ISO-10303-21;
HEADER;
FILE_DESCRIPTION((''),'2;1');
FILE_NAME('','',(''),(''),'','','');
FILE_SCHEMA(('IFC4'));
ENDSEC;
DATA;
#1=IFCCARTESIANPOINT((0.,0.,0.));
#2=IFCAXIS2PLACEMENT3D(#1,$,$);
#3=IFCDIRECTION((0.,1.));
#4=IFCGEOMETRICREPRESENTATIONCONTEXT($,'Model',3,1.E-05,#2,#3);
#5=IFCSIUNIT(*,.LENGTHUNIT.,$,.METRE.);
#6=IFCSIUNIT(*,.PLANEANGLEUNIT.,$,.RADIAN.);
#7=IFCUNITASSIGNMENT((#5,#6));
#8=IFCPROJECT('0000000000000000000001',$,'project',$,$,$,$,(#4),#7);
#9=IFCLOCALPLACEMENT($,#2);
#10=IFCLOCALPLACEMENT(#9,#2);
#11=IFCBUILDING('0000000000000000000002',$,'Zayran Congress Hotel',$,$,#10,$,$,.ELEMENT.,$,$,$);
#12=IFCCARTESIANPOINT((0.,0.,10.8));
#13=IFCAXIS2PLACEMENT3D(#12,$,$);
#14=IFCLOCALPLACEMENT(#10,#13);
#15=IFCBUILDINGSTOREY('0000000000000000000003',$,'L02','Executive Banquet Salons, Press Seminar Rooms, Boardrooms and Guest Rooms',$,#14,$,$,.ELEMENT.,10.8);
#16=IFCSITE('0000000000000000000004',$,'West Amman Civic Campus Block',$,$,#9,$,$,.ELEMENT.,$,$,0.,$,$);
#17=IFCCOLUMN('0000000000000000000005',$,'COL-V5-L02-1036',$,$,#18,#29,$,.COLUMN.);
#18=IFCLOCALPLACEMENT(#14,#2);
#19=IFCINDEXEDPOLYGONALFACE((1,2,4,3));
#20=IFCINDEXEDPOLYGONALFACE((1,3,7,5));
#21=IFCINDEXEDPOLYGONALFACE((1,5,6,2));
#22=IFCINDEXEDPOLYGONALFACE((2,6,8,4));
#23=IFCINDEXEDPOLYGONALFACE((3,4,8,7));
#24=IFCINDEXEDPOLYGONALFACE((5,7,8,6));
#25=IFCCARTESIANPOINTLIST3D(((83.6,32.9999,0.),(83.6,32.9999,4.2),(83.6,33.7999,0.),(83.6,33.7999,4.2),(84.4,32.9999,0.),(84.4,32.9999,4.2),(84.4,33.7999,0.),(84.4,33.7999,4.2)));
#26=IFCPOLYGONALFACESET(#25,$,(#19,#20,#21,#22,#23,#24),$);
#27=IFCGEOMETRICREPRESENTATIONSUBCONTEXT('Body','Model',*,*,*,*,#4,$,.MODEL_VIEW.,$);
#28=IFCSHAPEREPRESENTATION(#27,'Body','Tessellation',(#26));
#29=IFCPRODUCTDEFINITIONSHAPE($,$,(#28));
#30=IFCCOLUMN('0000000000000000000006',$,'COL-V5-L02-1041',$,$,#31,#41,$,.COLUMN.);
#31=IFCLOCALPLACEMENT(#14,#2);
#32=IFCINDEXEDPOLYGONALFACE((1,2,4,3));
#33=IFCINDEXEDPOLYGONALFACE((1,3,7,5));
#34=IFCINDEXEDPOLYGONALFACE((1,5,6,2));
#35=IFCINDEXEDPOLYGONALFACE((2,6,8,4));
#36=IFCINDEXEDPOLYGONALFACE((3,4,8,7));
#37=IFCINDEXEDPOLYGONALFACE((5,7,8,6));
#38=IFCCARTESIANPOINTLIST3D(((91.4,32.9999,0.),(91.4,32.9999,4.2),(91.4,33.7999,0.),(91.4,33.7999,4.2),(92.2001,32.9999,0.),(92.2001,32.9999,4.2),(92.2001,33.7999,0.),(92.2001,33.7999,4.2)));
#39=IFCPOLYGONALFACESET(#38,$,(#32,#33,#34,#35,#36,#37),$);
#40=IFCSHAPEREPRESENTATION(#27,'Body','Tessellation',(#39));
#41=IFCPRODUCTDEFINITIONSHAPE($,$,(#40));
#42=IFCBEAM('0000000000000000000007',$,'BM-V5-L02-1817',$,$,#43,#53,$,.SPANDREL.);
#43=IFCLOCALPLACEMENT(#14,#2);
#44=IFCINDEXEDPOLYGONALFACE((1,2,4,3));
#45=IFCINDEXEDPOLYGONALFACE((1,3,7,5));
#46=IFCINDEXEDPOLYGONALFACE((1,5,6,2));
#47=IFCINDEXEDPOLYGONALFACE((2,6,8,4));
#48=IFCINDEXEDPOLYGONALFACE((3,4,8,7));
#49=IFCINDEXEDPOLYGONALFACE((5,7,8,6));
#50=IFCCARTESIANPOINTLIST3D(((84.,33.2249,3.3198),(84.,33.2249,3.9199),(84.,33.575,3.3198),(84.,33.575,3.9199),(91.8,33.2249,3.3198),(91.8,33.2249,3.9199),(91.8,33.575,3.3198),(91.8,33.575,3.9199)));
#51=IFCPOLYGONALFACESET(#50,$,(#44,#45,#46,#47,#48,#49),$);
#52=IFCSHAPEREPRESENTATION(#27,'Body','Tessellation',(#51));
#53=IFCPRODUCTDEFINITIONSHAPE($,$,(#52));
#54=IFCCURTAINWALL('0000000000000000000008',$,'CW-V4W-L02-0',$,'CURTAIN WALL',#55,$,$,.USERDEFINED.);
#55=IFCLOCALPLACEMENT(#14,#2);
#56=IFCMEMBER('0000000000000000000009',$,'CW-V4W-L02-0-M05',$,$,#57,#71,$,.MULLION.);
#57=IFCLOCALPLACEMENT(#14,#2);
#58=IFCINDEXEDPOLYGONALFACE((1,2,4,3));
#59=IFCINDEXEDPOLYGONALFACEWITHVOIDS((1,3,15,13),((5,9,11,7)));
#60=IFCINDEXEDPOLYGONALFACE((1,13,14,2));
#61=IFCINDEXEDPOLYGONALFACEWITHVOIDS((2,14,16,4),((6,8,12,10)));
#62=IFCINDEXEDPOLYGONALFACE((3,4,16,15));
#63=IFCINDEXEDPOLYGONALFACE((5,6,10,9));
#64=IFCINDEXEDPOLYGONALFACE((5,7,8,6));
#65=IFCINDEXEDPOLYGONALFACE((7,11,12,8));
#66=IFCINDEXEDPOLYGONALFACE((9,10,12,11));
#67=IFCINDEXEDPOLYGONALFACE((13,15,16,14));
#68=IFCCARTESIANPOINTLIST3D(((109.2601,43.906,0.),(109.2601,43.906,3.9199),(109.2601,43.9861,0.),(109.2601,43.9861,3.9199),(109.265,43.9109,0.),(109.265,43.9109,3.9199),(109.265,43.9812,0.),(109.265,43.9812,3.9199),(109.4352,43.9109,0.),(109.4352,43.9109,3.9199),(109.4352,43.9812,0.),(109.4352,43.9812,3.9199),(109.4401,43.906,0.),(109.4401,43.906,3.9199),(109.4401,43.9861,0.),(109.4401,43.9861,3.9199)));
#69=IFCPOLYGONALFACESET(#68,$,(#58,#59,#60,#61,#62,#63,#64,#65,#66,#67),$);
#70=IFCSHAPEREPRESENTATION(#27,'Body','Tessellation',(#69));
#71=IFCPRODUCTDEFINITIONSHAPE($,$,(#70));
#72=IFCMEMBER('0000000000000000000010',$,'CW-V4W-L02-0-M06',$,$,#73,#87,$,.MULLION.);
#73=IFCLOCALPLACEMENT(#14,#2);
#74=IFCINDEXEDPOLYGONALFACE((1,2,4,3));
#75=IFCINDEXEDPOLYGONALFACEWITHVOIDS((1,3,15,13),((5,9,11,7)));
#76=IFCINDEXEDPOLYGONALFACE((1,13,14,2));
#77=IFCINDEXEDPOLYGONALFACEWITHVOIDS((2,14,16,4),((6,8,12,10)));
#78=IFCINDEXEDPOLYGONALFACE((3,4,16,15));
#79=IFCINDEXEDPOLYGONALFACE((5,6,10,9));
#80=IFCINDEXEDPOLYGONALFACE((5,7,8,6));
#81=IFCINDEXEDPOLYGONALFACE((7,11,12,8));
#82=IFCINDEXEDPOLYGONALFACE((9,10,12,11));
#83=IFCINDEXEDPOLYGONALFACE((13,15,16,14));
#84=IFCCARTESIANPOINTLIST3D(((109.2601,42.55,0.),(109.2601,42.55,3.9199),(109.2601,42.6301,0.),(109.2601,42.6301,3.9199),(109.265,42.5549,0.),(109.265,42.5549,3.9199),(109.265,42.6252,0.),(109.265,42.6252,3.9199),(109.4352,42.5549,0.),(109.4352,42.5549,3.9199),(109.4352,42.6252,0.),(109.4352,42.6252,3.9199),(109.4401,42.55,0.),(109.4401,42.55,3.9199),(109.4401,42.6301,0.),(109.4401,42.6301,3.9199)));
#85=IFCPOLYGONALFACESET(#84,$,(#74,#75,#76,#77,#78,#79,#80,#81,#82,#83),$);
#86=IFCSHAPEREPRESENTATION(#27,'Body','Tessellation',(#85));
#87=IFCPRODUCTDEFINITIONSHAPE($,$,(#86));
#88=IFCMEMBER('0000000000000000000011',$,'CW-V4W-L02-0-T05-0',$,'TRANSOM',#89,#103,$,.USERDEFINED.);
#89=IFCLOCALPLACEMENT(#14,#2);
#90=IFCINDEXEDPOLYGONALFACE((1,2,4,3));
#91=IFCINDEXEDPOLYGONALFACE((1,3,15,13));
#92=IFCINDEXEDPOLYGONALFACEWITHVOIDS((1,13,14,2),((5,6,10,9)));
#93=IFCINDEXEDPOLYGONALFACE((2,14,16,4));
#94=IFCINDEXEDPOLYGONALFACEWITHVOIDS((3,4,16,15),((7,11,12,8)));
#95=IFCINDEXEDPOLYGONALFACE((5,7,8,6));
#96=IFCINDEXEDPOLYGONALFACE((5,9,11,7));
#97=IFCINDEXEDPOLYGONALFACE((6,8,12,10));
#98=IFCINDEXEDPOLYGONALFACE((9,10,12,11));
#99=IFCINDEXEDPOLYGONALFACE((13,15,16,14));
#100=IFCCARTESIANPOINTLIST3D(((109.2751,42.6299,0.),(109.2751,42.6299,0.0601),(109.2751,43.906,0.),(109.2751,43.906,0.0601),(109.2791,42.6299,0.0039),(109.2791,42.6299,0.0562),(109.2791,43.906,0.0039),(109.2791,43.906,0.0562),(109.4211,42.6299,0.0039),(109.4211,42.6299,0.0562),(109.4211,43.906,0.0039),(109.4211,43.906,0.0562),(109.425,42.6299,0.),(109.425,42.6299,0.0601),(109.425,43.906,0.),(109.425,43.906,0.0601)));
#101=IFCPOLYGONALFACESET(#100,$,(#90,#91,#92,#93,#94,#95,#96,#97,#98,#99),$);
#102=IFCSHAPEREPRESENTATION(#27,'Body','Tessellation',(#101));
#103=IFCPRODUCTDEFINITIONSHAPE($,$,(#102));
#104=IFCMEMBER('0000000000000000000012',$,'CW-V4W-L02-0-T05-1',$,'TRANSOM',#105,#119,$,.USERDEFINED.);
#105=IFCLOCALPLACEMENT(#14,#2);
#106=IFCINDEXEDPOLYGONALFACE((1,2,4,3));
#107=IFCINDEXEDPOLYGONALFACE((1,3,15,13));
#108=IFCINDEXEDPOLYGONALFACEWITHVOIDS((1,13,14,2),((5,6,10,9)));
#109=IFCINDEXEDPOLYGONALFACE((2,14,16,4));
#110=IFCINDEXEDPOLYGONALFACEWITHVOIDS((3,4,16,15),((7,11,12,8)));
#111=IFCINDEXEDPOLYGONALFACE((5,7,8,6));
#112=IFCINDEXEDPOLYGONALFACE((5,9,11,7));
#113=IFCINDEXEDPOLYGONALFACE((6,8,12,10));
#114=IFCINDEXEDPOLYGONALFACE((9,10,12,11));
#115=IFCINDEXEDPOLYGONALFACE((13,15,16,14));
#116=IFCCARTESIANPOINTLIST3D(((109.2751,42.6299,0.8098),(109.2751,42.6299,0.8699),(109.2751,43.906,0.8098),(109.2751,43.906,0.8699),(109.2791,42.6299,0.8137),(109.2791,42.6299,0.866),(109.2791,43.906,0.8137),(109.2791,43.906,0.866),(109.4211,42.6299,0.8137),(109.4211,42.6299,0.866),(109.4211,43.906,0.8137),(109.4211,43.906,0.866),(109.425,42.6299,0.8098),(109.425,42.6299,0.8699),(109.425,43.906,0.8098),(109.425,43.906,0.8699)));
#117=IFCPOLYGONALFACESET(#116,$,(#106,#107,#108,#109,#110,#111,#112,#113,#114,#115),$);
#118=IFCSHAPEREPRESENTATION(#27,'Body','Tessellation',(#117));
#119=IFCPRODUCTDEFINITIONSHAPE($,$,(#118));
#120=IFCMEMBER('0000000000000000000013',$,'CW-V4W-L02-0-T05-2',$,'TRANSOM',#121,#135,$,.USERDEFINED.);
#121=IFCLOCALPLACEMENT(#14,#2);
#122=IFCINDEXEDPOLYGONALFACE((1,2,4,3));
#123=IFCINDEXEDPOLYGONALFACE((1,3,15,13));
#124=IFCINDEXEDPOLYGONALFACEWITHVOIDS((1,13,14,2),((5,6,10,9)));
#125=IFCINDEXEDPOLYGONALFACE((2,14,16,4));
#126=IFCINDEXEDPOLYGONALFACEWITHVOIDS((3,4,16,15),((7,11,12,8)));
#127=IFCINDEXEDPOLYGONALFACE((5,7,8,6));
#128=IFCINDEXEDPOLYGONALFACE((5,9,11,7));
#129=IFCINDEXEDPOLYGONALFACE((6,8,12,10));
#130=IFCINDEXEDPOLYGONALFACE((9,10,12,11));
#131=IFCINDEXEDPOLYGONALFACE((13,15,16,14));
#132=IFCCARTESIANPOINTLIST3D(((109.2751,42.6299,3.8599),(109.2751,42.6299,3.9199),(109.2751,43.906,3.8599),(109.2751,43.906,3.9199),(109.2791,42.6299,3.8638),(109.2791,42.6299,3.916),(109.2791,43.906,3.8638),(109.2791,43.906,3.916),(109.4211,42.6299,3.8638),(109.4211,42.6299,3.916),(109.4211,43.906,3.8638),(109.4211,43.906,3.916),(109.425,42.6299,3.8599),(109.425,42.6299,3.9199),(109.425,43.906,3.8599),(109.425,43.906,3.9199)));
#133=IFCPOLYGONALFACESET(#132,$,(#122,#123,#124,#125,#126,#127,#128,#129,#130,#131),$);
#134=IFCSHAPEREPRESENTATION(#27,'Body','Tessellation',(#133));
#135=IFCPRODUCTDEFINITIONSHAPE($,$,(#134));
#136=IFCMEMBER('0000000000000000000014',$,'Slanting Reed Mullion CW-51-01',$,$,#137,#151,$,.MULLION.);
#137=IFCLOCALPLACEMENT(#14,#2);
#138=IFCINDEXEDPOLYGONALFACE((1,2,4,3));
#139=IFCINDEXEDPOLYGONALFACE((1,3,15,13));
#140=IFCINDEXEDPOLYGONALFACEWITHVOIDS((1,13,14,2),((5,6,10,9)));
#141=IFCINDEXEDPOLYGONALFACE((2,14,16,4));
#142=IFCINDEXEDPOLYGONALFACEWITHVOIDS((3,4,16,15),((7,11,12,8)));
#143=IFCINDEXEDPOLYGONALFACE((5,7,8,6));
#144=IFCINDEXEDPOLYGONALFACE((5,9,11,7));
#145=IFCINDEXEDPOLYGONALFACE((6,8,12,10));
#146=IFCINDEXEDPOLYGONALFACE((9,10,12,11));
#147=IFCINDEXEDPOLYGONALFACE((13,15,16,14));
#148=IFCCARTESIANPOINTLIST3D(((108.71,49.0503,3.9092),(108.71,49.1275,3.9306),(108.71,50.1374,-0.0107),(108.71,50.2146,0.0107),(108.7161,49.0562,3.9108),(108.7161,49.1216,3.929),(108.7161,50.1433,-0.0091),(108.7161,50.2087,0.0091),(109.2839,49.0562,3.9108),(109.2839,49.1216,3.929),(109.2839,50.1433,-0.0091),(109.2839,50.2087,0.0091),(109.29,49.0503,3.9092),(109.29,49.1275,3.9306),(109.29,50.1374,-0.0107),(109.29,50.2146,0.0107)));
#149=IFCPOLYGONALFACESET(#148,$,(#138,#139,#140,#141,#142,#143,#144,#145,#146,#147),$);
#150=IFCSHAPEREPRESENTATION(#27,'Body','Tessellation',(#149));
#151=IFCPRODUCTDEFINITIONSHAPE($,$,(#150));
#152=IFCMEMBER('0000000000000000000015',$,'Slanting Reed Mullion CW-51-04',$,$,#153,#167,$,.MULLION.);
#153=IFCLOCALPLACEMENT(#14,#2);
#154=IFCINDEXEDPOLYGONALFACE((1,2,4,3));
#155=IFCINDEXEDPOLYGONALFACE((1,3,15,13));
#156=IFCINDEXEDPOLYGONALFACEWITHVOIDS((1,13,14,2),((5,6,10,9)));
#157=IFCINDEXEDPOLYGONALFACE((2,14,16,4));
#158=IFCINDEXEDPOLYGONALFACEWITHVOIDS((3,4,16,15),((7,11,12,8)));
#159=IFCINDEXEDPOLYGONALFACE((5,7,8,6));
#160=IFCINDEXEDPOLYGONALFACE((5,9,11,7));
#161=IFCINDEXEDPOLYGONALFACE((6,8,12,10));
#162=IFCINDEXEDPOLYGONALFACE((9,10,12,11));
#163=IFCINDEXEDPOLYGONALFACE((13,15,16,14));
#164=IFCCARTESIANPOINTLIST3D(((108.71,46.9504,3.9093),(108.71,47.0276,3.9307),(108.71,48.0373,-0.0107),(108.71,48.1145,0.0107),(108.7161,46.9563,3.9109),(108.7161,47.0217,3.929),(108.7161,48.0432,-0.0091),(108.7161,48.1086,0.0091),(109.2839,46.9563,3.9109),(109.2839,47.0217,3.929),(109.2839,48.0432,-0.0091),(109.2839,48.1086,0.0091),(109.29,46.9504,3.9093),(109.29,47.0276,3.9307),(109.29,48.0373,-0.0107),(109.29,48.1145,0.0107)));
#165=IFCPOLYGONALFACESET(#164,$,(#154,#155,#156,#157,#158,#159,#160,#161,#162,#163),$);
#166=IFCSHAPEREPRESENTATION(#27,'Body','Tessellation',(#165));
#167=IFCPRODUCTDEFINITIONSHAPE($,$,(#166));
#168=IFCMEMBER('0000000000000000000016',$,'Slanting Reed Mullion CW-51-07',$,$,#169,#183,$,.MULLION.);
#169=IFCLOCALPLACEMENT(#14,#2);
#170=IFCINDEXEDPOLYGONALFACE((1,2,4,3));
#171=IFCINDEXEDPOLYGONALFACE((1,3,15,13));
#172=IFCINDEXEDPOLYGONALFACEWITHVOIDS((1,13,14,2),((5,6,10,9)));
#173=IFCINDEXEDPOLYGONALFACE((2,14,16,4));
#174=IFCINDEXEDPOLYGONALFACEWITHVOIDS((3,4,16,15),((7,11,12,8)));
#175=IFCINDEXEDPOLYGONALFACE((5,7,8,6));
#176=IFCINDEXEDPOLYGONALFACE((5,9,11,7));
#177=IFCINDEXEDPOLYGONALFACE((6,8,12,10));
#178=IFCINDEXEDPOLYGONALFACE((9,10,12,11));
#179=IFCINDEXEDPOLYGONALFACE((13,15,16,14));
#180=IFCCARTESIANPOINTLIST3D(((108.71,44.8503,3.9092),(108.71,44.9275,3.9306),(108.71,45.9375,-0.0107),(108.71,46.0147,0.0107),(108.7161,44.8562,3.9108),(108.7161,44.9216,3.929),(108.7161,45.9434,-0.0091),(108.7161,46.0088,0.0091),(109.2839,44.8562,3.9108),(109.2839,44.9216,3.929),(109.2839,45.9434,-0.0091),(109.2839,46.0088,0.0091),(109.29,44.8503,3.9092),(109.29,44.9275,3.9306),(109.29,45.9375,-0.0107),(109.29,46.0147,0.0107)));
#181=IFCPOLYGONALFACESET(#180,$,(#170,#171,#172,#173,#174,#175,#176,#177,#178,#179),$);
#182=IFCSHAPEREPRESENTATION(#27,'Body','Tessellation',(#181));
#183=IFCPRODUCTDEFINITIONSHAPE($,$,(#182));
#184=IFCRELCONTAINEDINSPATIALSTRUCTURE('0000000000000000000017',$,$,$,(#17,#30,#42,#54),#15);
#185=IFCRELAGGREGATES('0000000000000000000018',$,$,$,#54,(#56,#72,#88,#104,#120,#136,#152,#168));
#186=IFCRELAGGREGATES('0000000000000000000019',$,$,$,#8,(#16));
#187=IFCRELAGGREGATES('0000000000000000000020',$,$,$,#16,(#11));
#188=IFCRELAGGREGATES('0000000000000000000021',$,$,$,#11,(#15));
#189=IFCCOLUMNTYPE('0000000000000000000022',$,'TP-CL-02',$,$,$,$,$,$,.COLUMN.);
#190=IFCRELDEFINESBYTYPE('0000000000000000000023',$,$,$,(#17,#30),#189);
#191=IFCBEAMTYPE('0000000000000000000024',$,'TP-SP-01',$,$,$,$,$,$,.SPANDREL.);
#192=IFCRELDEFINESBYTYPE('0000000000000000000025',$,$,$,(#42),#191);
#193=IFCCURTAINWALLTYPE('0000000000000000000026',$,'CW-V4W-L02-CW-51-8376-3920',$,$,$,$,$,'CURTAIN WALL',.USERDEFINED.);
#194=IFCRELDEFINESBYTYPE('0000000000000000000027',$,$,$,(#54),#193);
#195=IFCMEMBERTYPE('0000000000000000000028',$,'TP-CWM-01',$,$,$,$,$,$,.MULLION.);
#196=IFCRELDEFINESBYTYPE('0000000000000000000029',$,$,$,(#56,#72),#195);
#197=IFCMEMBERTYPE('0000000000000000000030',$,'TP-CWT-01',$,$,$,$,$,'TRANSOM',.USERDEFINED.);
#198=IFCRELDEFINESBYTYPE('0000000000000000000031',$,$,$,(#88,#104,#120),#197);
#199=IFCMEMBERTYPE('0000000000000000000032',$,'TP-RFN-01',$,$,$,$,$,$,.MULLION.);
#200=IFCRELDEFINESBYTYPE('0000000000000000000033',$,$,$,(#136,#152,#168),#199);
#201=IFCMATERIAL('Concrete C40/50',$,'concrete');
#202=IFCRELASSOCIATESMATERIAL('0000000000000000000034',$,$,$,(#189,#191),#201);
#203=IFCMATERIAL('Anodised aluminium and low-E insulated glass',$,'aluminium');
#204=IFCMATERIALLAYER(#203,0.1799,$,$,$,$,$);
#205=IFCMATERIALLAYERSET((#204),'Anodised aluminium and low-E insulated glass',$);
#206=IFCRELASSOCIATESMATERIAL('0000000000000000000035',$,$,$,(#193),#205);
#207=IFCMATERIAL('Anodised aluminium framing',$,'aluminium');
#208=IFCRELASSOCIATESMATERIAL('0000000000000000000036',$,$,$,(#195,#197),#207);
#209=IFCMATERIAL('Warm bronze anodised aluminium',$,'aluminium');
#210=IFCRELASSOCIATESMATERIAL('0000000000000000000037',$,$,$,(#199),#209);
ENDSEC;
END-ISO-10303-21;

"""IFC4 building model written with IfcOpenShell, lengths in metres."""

from ifc_helpers import new_model, si_unit, direction, frame, origin, origin_2d, place, context, subcontext, project, spatial, rectangle, hollow_rectangle, extrude, material, layer, layer_set, material_profile, profile_set, type_object, element, aggregate, save


model = new_model("IFC4")

# Units and contexts
model_context = context("Model", 3, precision=1e-05, world=origin(), true_north=direction((0.0, 1.0)))
body_context = subcontext(model_context, "Body", "Model", "MODEL_VIEW")
ifc_project = project(units=[si_unit("LENGTHUNIT", "METRE"), si_unit("PLANEANGLEUNIT", "RADIAN")], contexts=[model_context])

# Site, building, storey
site_placement = place(None, origin())
site = spatial("IfcSite", under=ifc_project, at=site_placement, Name="West Amman Civic Campus Block", CompositionType="ELEMENT", RefElevation=0.0)
building_placement = place(site_placement, origin())
building = spatial("IfcBuilding", under=site, at=building_placement, Name="Zayran Congress Hotel", CompositionType="ELEMENT")
storey_placement = place(building_placement, frame((0.0, 0.0, 10.8)))
storey = spatial("IfcBuildingStorey", under=building, at=storey_placement, Name="L02", Description="Executive Banquet Salons, Press Seminar Rooms, Boardrooms and Guest Rooms", CompositionType="ELEMENT", Elevation=10.8)

# Columns
ifc_material_1 = material(Name="Concrete C40/50", Category="concrete")
ifc_material_profile_1 = material_profile(ifc_material_1, rectangle(XDim=0.8, YDim=0.8, at=origin_2d()), Name="RC 800x800")
ifc_profile_set_1 = profile_set([ifc_material_profile_1], Name="Concrete C40/50")
column_type = type_object("IfcColumnType", Name="TP-CL-02", PredefinedType="COLUMN", material=ifc_profile_set_1)
for number, where, z_axis, x_axis, name in (
    (1, (84.0, 33.3999, 0.0), (0.0, 0.0, 1.0), (1.0, 0.0, 0.0), "COL-V5-L02-1036"),
    (2, (91.8, 33.3999, 0.0), (0.0, 0.0, 1.0), (1.0, 0.0, 0.0), "COL-V5-L02-1041"),
):
    element("IfcColumn", number, at=place(storey_placement, frame(where, z_axis=z_axis, x_axis=x_axis)), inside=storey, type_object=column_type, Name=name, PredefinedType="COLUMN", context=body_context, shape_type="SweptSolid", body=[
        extrude(rectangle(XDim=0.8, YDim=0.8, at=origin_2d()), origin(), (0.0, 0.0, 1.0), 4.2),
    ])

# Beam
ifc_material_profile_2 = material_profile(ifc_material_1, rectangle(XDim=0.3501, YDim=0.6001, at=origin_2d()), Name="RC 350x600")
ifc_profile_set_2 = profile_set([ifc_material_profile_2], Name="Concrete C40/50")
beam_type = type_object("IfcBeamType", Name="TP-SP-01", PredefinedType="SPANDREL", material=ifc_profile_set_2)
beam_placement = place(storey_placement, frame((84.0, 33.3999, 3.6199), z_axis=(1.0, 0.0, 0.0), x_axis=(0.0, 1.0, 0.0)))
element("IfcBeam", 3, at=beam_placement, inside=storey, type_object=beam_type, Name="BM-V5-L02-1817", PredefinedType="SPANDREL", context=body_context, shape_type="SweptSolid", body=[
    extrude(rectangle(XDim=0.3501, YDim=0.6001, at=origin_2d()), origin(), (0.0, 0.0, 1.0), 7.8),
])

# Curtain wall, members
ifc_material_2 = material(Name="Anodised aluminium and low-E insulated glass", Category="aluminium")
ifc_layer_1 = layer(ifc_material_2, 0.1799)
ifc_layer_set_1 = layer_set([ifc_layer_1], Name="Anodised aluminium and low-E insulated glass")
curtain_wall_type = type_object("IfcCurtainWallType", Name="CW-V4W-L02-CW-51-8376-3920", ElementType="CURTAIN WALL", PredefinedType="USERDEFINED", material=ifc_layer_set_1)
curtain_wall_placement = place(storey_placement, origin())
curtain_wall = element("IfcCurtainWall", 4, at=curtain_wall_placement, inside=storey, type_object=curtain_wall_type, Name="CW-V4W-L02-0", ObjectType="CURTAIN WALL", PredefinedType="USERDEFINED")
ifc_material_3 = material(Name="Anodised aluminium framing", Category="aluminium")
ifc_material_profile_3 = material_profile(ifc_material_3, hollow_rectangle(XDim=0.0801, YDim=0.1799, WallThickness=0.0049, at=origin_2d()), Name="RHS 180x80x5")
ifc_profile_set_3 = profile_set([ifc_material_profile_3], Name="Anodised aluminium framing")
member_type_1 = type_object("IfcMemberType", Name="TP-CWM-01", PredefinedType="MULLION", material=ifc_profile_set_3)
member_1_placement = place(storey_placement, frame((109.3501, 43.946, 0.0), z_axis=(0.0, 0.0, 1.0), x_axis=(0.0, 1.0, 0.0)))
member_1 = element("IfcMember", 5, at=member_1_placement, type_object=member_type_1, Name="CW-V4W-L02-0-M05", PredefinedType="MULLION", context=body_context, shape_type="SweptSolid", body=[
    extrude(hollow_rectangle(XDim=0.0801, YDim=0.1799, WallThickness=0.0049, at=origin_2d()), origin(), (0.0, 0.0, 1.0), 3.9199),
])
member_2_placement = place(storey_placement, frame((109.3501, 42.5901, 0.0), z_axis=(0.0, 0.0, 1.0), x_axis=(0.0, 1.0, 0.0)))
member_2 = element("IfcMember", 6, at=member_2_placement, type_object=member_type_1, Name="CW-V4W-L02-0-M06", PredefinedType="MULLION", context=body_context, shape_type="SweptSolid", body=[
    extrude(hollow_rectangle(XDim=0.0801, YDim=0.1799, WallThickness=0.0049, at=origin_2d()), origin(), (0.0, 0.0, 1.0), 3.9199),
])
ifc_material_profile_4 = material_profile(ifc_material_3, hollow_rectangle(XDim=0.0601, YDim=0.1499, WallThickness=0.0039, at=origin_2d()), Name="RHS 150x60x4")
ifc_profile_set_4 = profile_set([ifc_material_profile_4], Name="Anodised aluminium framing")
member_type_2 = type_object("IfcMemberType", Name="TP-CWT-01", ElementType="TRANSOM", PredefinedType="USERDEFINED", material=ifc_profile_set_4)
member_3_placement = place(storey_placement, frame((109.3501, 43.906, 0.03), z_axis=(0.0, -1.0, 0.0), x_axis=(0.0, 0.0, 1.0)))
member_3 = element("IfcMember", 7, at=member_3_placement, type_object=member_type_2, Name="CW-V4W-L02-0-T05-0", ObjectType="TRANSOM", PredefinedType="USERDEFINED", context=body_context, shape_type="SweptSolid", body=[
    extrude(hollow_rectangle(XDim=0.0601, YDim=0.1499, WallThickness=0.0039, at=origin_2d()), origin(), (0.0, 0.0, 1.0), 1.2761),
])
member_4_placement = place(storey_placement, frame((109.3501, 43.906, 0.8398), z_axis=(0.0, -1.0, 0.0), x_axis=(0.0, 0.0, 1.0)))
member_4 = element("IfcMember", 8, at=member_4_placement, type_object=member_type_2, Name="CW-V4W-L02-0-T05-1", ObjectType="TRANSOM", PredefinedType="USERDEFINED", context=body_context, shape_type="SweptSolid", body=[
    extrude(hollow_rectangle(XDim=0.0601, YDim=0.1499, WallThickness=0.0039, at=origin_2d()), origin(), (0.0, 0.0, 1.0), 1.2761),
])
member_5_placement = place(storey_placement, frame((109.3501, 43.906, 3.8899), z_axis=(0.0, -1.0, 0.0), x_axis=(0.0, 0.0, 1.0)))
member_5 = element("IfcMember", 9, at=member_5_placement, type_object=member_type_2, Name="CW-V4W-L02-0-T05-2", ObjectType="TRANSOM", PredefinedType="USERDEFINED", context=body_context, shape_type="SweptSolid", body=[
    extrude(hollow_rectangle(XDim=0.0601, YDim=0.1499, WallThickness=0.0039, at=origin_2d()), origin(), (0.0, 0.0, 1.0), 1.2761),
])
ifc_material_4 = material(Name="Warm bronze anodised aluminium", Category="aluminium")
ifc_material_profile_5 = material_profile(ifc_material_4, hollow_rectangle(XDim=0.0801, YDim=0.5801, WallThickness=0.0061, at=origin_2d()), Name="RHS 580x80x6")
ifc_profile_set_5 = profile_set([ifc_material_profile_5], Name="Warm bronze anodised aluminium")
member_type_3 = type_object("IfcMemberType", Name="TP-RFN-01", PredefinedType="MULLION", material=ifc_profile_set_5)
member_6_placement = place(storey_placement, frame((109.0, 50.176, 0.0), z_axis=(0.0, -0.267254, 0.963626), x_axis=(0.0, 0.963626, 0.267254)))
member_6 = element("IfcMember", 10, at=member_6_placement, type_object=member_type_3, Name="Slanting Reed Mullion CW-51-01", PredefinedType="MULLION", context=body_context, shape_type="SweptSolid", body=[
    extrude(hollow_rectangle(XDim=0.0801, YDim=0.5801, WallThickness=0.0061, at=origin_2d()), origin(), (0.0, 0.0, 1.0), 4.0679),
])
member_7_placement = place(storey_placement, frame((109.0, 48.0759, 0.0), z_axis=(0.0, -0.267198, 0.963642), x_axis=(0.0, 0.963642, 0.267198)))
member_7 = element("IfcMember", 11, at=member_7_placement, type_object=member_type_3, Name="Slanting Reed Mullion CW-51-04", PredefinedType="MULLION", context=body_context, shape_type="SweptSolid", body=[
    extrude(hollow_rectangle(XDim=0.0801, YDim=0.5801, WallThickness=0.0061, at=origin_2d()), origin(), (0.0, 0.0, 1.0), 4.0679),
])
member_8_placement = place(storey_placement, frame((109.0, 45.9761, 0.0), z_axis=(0.0, -0.267254, 0.963626), x_axis=(0.0, 0.963626, 0.267254)))
member_8 = element("IfcMember", 12, at=member_8_placement, type_object=member_type_3, Name="Slanting Reed Mullion CW-51-07", PredefinedType="MULLION", context=body_context, shape_type="SweptSolid", body=[
    extrude(hollow_rectangle(XDim=0.0801, YDim=0.5801, WallThickness=0.0061, at=origin_2d()), origin(), (0.0, 0.0, 1.0), 4.0679),
])
aggregate(curtain_wall, [member_1, member_2, member_3, member_4, member_5, member_6, member_7, member_8])

save(model, "model.ifc")
